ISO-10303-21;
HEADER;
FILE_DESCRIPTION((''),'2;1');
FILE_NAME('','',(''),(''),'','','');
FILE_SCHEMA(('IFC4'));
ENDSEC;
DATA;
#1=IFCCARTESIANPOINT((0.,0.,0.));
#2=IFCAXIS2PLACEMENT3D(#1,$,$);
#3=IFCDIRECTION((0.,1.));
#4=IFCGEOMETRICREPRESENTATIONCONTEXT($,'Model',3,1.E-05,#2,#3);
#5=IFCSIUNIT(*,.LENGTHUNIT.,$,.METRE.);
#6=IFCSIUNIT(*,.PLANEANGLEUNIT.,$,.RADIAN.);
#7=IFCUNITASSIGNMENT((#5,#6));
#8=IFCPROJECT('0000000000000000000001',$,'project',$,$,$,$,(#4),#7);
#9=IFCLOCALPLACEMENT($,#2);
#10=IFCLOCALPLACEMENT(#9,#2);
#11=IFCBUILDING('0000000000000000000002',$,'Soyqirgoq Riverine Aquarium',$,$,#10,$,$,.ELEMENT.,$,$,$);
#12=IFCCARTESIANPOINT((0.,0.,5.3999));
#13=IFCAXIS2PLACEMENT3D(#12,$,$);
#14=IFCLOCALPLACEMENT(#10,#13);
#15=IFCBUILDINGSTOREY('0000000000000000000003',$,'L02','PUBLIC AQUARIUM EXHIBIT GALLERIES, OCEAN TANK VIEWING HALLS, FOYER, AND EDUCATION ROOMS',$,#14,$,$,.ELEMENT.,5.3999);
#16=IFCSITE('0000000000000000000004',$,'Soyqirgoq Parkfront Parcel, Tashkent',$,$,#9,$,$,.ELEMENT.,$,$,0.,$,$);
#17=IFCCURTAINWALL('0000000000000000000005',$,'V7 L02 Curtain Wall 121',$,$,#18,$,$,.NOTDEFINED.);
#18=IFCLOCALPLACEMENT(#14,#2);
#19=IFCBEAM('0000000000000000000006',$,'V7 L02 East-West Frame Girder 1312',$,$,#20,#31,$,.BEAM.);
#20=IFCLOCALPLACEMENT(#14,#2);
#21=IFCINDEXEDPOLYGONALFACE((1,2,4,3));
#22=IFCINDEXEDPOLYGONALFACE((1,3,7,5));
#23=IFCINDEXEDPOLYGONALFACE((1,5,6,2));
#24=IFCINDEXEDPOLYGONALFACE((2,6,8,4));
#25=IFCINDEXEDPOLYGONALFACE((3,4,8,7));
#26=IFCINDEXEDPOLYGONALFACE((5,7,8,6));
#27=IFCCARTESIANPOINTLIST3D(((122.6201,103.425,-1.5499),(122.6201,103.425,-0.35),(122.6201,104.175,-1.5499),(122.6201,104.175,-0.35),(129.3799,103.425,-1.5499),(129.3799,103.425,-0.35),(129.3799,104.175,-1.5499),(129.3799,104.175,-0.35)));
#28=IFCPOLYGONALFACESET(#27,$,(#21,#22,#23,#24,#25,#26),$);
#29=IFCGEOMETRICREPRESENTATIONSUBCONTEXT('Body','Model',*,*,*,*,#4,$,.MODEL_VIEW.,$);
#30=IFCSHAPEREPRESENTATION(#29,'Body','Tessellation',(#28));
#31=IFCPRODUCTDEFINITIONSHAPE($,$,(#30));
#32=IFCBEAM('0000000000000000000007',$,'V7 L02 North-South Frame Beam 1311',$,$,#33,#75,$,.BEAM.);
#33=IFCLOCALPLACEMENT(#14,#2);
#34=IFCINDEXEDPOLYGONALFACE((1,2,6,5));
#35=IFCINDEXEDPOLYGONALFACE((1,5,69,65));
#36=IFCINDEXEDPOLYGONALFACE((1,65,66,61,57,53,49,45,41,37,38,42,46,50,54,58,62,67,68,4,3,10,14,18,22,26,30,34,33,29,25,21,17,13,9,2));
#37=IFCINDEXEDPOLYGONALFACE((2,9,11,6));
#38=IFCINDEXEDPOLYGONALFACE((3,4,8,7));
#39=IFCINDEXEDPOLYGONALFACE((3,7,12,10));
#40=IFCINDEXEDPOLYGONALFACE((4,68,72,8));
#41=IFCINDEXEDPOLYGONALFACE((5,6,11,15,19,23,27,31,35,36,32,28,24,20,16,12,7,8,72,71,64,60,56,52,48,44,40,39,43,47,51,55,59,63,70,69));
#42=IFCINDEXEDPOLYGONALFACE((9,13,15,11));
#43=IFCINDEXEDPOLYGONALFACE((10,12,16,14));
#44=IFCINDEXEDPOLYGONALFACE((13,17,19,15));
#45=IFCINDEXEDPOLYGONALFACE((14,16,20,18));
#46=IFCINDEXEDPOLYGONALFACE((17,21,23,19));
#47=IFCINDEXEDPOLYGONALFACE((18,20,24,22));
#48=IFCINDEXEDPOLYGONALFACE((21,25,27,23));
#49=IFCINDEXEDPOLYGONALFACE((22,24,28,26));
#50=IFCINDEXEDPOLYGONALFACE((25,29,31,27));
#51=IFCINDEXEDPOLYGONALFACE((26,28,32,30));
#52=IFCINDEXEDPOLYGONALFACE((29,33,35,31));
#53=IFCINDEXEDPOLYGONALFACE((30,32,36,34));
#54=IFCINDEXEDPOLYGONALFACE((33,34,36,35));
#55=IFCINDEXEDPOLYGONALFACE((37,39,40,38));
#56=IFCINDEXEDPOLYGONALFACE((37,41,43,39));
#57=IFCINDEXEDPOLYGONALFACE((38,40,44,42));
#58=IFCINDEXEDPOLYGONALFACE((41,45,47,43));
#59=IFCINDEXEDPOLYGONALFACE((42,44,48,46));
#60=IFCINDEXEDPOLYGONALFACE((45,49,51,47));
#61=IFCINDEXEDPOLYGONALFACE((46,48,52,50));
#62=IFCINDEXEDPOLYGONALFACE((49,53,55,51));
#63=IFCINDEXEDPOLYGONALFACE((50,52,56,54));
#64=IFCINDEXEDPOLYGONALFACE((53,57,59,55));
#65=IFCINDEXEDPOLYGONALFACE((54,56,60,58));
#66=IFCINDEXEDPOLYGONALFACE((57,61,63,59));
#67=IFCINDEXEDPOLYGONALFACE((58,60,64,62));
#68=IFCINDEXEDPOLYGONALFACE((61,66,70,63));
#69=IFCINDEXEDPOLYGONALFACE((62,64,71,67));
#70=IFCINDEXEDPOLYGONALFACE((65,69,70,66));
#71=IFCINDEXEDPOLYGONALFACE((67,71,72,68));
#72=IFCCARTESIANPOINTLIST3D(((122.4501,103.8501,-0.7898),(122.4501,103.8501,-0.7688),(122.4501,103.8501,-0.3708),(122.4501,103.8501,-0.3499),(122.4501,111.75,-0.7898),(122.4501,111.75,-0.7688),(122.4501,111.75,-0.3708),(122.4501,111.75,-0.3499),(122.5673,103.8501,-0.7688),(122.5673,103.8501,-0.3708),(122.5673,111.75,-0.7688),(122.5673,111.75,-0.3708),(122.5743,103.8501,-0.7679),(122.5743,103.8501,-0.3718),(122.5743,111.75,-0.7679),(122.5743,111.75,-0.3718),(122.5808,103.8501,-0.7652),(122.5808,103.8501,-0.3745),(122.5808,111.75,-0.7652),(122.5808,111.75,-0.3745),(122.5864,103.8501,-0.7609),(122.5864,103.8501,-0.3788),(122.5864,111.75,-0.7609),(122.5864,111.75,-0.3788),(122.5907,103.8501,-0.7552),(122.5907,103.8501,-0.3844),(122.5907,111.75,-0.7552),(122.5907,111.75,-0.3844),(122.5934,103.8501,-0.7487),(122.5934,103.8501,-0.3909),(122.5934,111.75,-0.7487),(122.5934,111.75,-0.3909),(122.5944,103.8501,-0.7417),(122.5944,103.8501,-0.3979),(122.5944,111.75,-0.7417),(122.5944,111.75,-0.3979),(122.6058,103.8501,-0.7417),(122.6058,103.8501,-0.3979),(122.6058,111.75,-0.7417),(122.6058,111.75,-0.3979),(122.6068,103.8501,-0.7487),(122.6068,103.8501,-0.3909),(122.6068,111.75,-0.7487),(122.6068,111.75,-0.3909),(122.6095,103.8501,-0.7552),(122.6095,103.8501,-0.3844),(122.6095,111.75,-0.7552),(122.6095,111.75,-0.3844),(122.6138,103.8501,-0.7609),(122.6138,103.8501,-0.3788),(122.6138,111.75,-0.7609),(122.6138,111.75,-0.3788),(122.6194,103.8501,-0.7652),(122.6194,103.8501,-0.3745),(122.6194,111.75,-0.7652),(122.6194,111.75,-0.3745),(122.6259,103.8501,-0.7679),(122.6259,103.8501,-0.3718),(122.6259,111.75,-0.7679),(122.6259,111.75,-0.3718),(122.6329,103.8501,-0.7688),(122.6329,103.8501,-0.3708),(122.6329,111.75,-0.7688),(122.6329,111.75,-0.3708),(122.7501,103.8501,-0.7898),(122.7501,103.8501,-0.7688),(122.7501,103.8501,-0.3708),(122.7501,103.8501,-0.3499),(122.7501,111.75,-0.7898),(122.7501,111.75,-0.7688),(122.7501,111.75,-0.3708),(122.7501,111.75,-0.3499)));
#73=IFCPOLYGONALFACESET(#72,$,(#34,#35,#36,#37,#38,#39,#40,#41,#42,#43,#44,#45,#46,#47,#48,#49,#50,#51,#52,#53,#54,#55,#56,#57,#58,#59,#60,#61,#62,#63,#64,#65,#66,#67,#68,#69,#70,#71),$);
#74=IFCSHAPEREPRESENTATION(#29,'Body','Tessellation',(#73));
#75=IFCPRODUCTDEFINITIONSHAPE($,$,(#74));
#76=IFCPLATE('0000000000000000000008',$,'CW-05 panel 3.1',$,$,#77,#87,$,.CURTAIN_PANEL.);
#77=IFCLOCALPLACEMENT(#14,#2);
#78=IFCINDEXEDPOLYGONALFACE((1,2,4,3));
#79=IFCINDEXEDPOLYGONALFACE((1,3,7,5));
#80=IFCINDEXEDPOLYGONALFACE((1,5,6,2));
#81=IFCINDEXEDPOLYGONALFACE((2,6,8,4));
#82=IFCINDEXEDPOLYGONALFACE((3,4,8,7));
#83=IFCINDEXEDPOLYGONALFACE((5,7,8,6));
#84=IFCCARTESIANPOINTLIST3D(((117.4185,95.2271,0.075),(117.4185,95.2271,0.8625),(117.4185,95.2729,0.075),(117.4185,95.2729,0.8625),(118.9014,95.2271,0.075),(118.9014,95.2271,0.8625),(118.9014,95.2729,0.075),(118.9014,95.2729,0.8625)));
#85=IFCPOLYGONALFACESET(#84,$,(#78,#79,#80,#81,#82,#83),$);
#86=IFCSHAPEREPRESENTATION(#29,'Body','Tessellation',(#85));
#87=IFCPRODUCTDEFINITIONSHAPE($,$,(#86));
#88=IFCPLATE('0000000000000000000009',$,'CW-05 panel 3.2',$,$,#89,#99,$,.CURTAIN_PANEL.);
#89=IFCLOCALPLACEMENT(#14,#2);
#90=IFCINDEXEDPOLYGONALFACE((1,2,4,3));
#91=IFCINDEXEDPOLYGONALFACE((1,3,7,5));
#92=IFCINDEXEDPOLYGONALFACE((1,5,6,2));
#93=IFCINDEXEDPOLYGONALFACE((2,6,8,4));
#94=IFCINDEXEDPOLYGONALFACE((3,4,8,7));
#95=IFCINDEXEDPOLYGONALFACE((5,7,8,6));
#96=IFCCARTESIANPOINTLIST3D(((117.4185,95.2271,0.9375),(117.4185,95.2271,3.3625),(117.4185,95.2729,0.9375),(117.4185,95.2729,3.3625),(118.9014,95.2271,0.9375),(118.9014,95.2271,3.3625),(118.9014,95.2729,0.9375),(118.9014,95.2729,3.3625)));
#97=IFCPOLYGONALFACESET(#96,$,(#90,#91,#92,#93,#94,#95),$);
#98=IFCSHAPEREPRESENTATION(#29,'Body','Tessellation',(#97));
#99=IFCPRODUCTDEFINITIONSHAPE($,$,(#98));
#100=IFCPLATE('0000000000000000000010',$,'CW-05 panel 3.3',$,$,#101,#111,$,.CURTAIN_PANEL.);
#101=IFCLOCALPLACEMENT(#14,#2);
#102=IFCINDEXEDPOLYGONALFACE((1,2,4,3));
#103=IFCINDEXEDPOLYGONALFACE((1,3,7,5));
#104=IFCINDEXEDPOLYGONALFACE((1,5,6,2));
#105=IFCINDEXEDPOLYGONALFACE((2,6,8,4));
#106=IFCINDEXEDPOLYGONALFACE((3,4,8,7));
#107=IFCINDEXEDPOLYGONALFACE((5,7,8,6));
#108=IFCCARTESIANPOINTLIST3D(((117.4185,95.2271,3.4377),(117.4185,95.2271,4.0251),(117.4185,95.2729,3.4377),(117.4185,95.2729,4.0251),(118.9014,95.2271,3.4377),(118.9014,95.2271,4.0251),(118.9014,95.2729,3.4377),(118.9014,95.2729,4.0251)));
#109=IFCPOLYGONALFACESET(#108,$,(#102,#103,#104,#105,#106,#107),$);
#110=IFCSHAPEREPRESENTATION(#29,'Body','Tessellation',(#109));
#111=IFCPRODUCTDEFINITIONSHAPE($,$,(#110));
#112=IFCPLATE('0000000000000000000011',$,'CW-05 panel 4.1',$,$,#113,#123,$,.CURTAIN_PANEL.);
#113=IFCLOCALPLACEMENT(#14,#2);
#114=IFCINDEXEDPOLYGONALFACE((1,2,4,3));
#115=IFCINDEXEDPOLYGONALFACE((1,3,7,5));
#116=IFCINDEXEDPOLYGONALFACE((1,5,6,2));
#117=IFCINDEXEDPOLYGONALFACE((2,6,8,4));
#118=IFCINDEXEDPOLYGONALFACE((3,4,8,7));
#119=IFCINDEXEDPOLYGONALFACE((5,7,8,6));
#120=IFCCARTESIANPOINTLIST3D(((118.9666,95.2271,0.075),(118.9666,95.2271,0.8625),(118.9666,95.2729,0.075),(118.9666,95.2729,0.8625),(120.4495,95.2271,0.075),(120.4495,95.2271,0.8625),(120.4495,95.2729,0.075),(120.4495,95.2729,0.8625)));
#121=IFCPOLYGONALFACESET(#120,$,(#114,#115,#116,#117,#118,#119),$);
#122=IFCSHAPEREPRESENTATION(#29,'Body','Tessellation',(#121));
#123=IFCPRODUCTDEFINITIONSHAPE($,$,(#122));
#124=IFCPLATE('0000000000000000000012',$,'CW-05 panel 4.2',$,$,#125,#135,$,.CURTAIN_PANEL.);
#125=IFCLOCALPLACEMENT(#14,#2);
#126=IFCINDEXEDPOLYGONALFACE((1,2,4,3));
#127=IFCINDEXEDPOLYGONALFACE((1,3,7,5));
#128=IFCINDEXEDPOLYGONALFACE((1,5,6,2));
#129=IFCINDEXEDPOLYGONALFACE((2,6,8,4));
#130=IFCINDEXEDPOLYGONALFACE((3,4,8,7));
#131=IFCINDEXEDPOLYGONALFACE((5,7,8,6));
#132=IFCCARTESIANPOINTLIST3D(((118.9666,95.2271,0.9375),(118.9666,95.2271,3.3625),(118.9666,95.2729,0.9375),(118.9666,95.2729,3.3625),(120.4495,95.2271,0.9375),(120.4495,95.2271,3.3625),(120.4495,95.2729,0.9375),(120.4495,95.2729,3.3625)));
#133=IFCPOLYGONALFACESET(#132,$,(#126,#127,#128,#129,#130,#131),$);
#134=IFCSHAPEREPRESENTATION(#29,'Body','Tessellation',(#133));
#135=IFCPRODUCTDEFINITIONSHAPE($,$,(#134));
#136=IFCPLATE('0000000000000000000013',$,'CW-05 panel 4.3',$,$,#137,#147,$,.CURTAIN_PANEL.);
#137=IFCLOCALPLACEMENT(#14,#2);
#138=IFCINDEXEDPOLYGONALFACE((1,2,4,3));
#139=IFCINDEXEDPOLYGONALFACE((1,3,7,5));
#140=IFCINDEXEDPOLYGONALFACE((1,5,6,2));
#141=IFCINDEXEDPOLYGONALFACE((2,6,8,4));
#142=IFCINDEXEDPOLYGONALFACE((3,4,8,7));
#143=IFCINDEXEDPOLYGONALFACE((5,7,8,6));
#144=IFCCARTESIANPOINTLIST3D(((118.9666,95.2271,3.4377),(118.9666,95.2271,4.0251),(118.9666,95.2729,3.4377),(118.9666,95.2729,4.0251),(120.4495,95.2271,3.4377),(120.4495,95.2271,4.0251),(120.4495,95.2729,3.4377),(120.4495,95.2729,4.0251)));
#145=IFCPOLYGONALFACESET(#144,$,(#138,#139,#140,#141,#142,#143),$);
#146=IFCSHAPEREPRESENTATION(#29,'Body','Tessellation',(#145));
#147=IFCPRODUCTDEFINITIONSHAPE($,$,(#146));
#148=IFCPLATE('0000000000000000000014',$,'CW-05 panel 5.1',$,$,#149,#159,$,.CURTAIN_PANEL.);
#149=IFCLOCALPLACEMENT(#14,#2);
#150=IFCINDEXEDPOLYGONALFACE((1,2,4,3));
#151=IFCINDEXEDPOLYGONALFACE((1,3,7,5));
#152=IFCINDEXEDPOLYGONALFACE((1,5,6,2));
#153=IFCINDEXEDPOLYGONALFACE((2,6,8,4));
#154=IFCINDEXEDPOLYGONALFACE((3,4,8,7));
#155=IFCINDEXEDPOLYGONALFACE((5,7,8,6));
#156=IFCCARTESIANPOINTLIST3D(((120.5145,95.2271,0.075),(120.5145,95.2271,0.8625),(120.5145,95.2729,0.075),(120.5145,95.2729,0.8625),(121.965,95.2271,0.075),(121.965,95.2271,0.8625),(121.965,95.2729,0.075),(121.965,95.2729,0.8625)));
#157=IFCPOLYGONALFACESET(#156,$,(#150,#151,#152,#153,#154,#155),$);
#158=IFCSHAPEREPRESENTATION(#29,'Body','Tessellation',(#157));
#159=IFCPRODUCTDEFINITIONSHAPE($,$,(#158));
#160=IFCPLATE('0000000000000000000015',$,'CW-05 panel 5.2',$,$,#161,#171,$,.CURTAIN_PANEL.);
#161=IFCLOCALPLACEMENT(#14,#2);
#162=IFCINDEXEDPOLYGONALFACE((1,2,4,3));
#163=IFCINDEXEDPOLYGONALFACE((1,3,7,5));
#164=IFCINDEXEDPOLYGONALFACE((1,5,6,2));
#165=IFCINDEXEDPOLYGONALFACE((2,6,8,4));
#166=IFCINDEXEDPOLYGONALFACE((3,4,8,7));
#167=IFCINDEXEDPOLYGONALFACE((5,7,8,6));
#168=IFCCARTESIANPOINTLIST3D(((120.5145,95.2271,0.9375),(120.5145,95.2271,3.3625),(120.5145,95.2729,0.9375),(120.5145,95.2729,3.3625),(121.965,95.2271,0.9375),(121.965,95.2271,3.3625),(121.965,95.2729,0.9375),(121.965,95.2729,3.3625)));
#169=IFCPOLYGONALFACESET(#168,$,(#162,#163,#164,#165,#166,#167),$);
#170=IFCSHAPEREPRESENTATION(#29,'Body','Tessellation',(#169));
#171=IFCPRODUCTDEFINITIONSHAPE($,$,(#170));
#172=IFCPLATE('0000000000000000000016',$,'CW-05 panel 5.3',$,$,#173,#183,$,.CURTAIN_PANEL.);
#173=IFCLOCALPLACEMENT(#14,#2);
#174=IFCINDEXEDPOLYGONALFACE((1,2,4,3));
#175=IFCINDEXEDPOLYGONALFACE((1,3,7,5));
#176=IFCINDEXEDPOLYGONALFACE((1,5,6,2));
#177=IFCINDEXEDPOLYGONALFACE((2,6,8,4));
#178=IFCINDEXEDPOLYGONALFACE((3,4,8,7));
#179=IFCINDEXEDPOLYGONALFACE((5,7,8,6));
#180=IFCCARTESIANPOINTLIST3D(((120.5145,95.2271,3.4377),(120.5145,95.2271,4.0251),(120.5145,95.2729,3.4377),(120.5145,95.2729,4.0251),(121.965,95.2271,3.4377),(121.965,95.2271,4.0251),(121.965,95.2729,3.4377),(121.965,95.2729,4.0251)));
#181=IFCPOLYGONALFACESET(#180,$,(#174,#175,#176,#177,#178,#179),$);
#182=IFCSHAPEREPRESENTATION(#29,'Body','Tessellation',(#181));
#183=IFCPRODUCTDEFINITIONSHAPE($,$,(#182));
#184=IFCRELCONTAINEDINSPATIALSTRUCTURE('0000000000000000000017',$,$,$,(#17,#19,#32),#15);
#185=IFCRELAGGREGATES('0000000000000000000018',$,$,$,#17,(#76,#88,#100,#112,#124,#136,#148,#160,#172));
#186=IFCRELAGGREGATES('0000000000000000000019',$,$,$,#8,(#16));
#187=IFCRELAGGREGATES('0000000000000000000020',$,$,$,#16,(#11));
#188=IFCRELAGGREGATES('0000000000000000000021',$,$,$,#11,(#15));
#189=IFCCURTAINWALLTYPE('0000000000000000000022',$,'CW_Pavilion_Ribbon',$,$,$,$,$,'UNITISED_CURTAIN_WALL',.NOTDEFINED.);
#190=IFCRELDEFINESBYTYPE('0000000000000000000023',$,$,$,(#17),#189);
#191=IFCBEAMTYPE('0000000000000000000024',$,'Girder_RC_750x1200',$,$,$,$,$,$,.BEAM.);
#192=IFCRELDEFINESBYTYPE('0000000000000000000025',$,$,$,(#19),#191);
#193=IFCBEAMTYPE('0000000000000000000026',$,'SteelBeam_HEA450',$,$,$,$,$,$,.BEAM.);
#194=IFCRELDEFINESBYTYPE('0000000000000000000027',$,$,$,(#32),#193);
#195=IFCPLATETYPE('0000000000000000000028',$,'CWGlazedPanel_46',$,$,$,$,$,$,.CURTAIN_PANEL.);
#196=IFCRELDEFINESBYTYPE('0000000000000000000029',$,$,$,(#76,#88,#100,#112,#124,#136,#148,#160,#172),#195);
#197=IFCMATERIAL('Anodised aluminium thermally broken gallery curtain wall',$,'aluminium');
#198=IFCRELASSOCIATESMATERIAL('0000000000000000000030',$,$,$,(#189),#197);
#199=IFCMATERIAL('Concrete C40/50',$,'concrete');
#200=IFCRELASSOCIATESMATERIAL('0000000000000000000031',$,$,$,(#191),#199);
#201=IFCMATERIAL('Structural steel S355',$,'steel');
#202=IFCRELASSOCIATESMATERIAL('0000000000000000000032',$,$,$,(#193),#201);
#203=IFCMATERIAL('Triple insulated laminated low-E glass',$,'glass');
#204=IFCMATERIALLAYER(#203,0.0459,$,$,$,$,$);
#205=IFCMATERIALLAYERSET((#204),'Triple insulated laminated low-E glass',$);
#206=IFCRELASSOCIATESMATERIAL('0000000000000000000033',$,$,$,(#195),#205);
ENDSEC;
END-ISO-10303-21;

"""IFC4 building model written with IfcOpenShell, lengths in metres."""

from ifc_helpers import new_model, si_unit, direction, frame, origin, origin_2d, place, context, subcontext, project, spatial, rectangle, i_section, extrude, material, layer, layer_set, material_profile, profile_set, type_object, element, aggregate, save


model = new_model("IFC4")

# Units and contexts
model_context = context("Model", 3, precision=1e-05, world=origin(), true_north=direction((0.0, 1.0)))
body_context = subcontext(model_context, "Body", "Model", "MODEL_VIEW")
ifc_project = project(units=[si_unit("LENGTHUNIT", "METRE"), si_unit("PLANEANGLEUNIT", "RADIAN")], contexts=[model_context])

# Site, building, storey
site_placement = place(None, origin())
site = spatial("IfcSite", under=ifc_project, at=site_placement, Name="Soyqirgoq Parkfront Parcel, Tashkent", CompositionType="ELEMENT", RefElevation=0.0)
building_placement = place(site_placement, origin())
building = spatial("IfcBuilding", under=site, at=building_placement, Name="Soyqirgoq Riverine Aquarium", CompositionType="ELEMENT")
storey_placement = place(building_placement, frame((0.0, 0.0, 5.3999)))
storey = spatial("IfcBuildingStorey", under=building, at=storey_placement, Name="L02", Description="PUBLIC AQUARIUM EXHIBIT GALLERIES, OCEAN TANK VIEWING HALLS, FOYER, AND EDUCATION ROOMS", CompositionType="ELEMENT", Elevation=5.3999)

# Curtain wall
ifc_material_1 = material(Name="Anodised aluminium thermally broken gallery curtain wall", Category="aluminium")
curtain_wall_type = type_object("IfcCurtainWallType", Name="CW_Pavilion_Ribbon", ElementType="UNITISED_CURTAIN_WALL", PredefinedType="NOTDEFINED", material=ifc_material_1)
curtain_wall_placement = place(storey_placement, origin())
curtain_wall = element("IfcCurtainWall", 1, at=curtain_wall_placement, inside=storey, type_object=curtain_wall_type, Name="V7 L02 Curtain Wall 121", PredefinedType="NOTDEFINED")

# Beams
ifc_material_2 = material(Name="Concrete C40/50", Category="concrete")
ifc_material_profile_1 = material_profile(ifc_material_2, rectangle(XDim=0.75, YDim=1.2, at=origin_2d()), Name="RC 750x1200")
ifc_profile_set_1 = profile_set([ifc_material_profile_1], Name="Concrete C40/50")
beam_type_1 = type_object("IfcBeamType", Name="Girder_RC_750x1200", PredefinedType="BEAM", material=ifc_profile_set_1)
beam_1_placement = place(storey_placement, frame((122.6201, 103.8, -0.95), z_axis=(1.0, 0.0, 0.0), x_axis=(0.0, 1.0, 0.0)))
element("IfcBeam", 2, at=beam_1_placement, inside=storey, type_object=beam_type_1, Name="V7 L02 East-West Frame Girder 1312", PredefinedType="BEAM", context=body_context, shape_type="SweptSolid", body=[
    extrude(rectangle(XDim=0.75, YDim=1.2, at=origin_2d()), origin(), (0.0, 0.0, 1.0), 6.7598),
])
ifc_material_3 = material(Name="Structural steel S355", Category="steel")
ifc_material_profile_2 = material_profile(ifc_material_3, i_section(OverallWidth=0.3, OverallDepth=0.4399, WebThickness=0.0115, FlangeThickness=0.021, FilletRadius=0.0271, at=origin_2d()), Name="HEA 450")
ifc_profile_set_2 = profile_set([ifc_material_profile_2], Name="Structural steel S355")
beam_type_2 = type_object("IfcBeamType", Name="SteelBeam_HEA450", PredefinedType="BEAM", material=ifc_profile_set_2)
beam_2_placement = place(storey_placement, frame((122.6001, 103.8501, -0.5698), z_axis=(0.0, 1.0, 0.0), x_axis=(-1.0, 0.0, 0.0)))
element("IfcBeam", 3, at=beam_2_placement, inside=storey, type_object=beam_type_2, Name="V7 L02 North-South Frame Beam 1311", PredefinedType="BEAM", context=body_context, shape_type="SweptSolid", body=[
    extrude(i_section(OverallWidth=0.3, OverallDepth=0.4399, WebThickness=0.0115, FlangeThickness=0.021, FilletRadius=0.0271, at=origin_2d()), origin(), (0.0, 0.0, 1.0), 7.8999),
])

# Plates
ifc_material_4 = material(Name="Triple insulated laminated low-E glass", Category="glass")
ifc_layer = layer(ifc_material_4, 0.0459)
ifc_layer_set = layer_set([ifc_layer], Name="Triple insulated laminated low-E glass")
plate_type = type_object("IfcPlateType", Name="CWGlazedPanel_46", PredefinedType="CURTAIN_PANEL", material=ifc_layer_set)
plate_1_placement = place(storey_placement, frame((118.1599, 95.25, 0.075), z_axis=(0.0, 0.0, 1.0), x_axis=(1.0, 0.0, 0.0)))
plate_1 = element("IfcPlate", 4, at=plate_1_placement, type_object=plate_type, Name="CW-05 panel 3.1", PredefinedType="CURTAIN_PANEL", context=body_context, shape_type="SweptSolid", body=[
    extrude(rectangle(XDim=1.4829, YDim=0.0459, at=origin_2d()), origin(), (0.0, 0.0, 1.0), 0.7876),
])
plate_2_placement = place(storey_placement, frame((118.1599, 95.25, 0.9375), z_axis=(0.0, 0.0, 1.0), x_axis=(1.0, 0.0, 0.0)))
plate_2 = element("IfcPlate", 5, at=plate_2_placement, type_object=plate_type, Name="CW-05 panel 3.2", PredefinedType="CURTAIN_PANEL", context=body_context, shape_type="SweptSolid", body=[
    extrude(rectangle(XDim=1.4829, YDim=0.0459, at=origin_2d()), origin(), (0.0, 0.0, 1.0), 2.425),
])
plate_3_placement = place(storey_placement, frame((118.1599, 95.25, 3.4377), z_axis=(0.0, 0.0, 1.0), x_axis=(1.0, 0.0, 0.0)))
plate_3 = element("IfcPlate", 6, at=plate_3_placement, type_object=plate_type, Name="CW-05 panel 3.3", PredefinedType="CURTAIN_PANEL", context=body_context, shape_type="SweptSolid", body=[
    extrude(rectangle(XDim=1.4829, YDim=0.0459, at=origin_2d()), origin(), (0.0, 0.0, 1.0), 0.5874),
])
plate_4_placement = place(storey_placement, frame((119.708, 95.25, 0.075), z_axis=(0.0, 0.0, 1.0), x_axis=(1.0, 0.0, 0.0)))
plate_4 = element("IfcPlate", 7, at=plate_4_placement, type_object=plate_type, Name="CW-05 panel 4.1", PredefinedType="CURTAIN_PANEL", context=body_context, shape_type="SweptSolid", body=[
    extrude(rectangle(XDim=1.4829, YDim=0.0459, at=origin_2d()), origin(), (0.0, 0.0, 1.0), 0.7876),
])
plate_5_placement = place(storey_placement, frame((119.708, 95.25, 0.9375), z_axis=(0.0, 0.0, 1.0), x_axis=(1.0, 0.0, 0.0)))
plate_5 = element("IfcPlate", 8, at=plate_5_placement, type_object=plate_type, Name="CW-05 panel 4.2", PredefinedType="CURTAIN_PANEL", context=body_context, shape_type="SweptSolid", body=[
    extrude(rectangle(XDim=1.4829, YDim=0.0459, at=origin_2d()), origin(), (0.0, 0.0, 1.0), 2.425),
])
plate_6_placement = place(storey_placement, frame((119.708, 95.25, 3.4377), z_axis=(0.0, 0.0, 1.0), x_axis=(1.0, 0.0, 0.0)))
plate_6 = element("IfcPlate", 9, at=plate_6_placement, type_object=plate_type, Name="CW-05 panel 4.3", PredefinedType="CURTAIN_PANEL", context=body_context, shape_type="SweptSolid", body=[
    extrude(rectangle(XDim=1.4829, YDim=0.0459, at=origin_2d()), origin(), (0.0, 0.0, 1.0), 0.5874),
])
plate_7_placement = place(storey_placement, frame((121.2397, 95.25, 0.075), z_axis=(0.0, 0.0, 1.0), x_axis=(1.0, 0.0, 0.0)))
plate_7 = element("IfcPlate", 10, at=plate_7_placement, type_object=plate_type, Name="CW-05 panel 5.1", PredefinedType="CURTAIN_PANEL", context=body_context, shape_type="SweptSolid", body=[
    extrude(rectangle(XDim=1.4504, YDim=0.0459, at=origin_2d()), origin(), (0.0, 0.0, 1.0), 0.7876),
])
plate_8_placement = place(storey_placement, frame((121.2397, 95.25, 0.9375), z_axis=(0.0, 0.0, 1.0), x_axis=(1.0, 0.0, 0.0)))
plate_8 = element("IfcPlate", 11, at=plate_8_placement, type_object=plate_type, Name="CW-05 panel 5.2", PredefinedType="CURTAIN_PANEL", context=body_context, shape_type="SweptSolid", body=[
    extrude(rectangle(XDim=1.4504, YDim=0.0459, at=origin_2d()), origin(), (0.0, 0.0, 1.0), 2.425),
])
plate_9_placement = place(storey_placement, frame((121.2397, 95.25, 3.4377), z_axis=(0.0, 0.0, 1.0), x_axis=(1.0, 0.0, 0.0)))
plate_9 = element("IfcPlate", 12, at=plate_9_placement, type_object=plate_type, Name="CW-05 panel 5.3", PredefinedType="CURTAIN_PANEL", context=body_context, shape_type="SweptSolid", body=[
    extrude(rectangle(XDim=1.4504, YDim=0.0459, at=origin_2d()), origin(), (0.0, 0.0, 1.0), 0.5874),
])
aggregate(curtain_wall, [plate_1, plate_2, plate_3, plate_4, plate_5, plate_6, plate_7, plate_8, plate_9])

save(model, "model.ifc")
